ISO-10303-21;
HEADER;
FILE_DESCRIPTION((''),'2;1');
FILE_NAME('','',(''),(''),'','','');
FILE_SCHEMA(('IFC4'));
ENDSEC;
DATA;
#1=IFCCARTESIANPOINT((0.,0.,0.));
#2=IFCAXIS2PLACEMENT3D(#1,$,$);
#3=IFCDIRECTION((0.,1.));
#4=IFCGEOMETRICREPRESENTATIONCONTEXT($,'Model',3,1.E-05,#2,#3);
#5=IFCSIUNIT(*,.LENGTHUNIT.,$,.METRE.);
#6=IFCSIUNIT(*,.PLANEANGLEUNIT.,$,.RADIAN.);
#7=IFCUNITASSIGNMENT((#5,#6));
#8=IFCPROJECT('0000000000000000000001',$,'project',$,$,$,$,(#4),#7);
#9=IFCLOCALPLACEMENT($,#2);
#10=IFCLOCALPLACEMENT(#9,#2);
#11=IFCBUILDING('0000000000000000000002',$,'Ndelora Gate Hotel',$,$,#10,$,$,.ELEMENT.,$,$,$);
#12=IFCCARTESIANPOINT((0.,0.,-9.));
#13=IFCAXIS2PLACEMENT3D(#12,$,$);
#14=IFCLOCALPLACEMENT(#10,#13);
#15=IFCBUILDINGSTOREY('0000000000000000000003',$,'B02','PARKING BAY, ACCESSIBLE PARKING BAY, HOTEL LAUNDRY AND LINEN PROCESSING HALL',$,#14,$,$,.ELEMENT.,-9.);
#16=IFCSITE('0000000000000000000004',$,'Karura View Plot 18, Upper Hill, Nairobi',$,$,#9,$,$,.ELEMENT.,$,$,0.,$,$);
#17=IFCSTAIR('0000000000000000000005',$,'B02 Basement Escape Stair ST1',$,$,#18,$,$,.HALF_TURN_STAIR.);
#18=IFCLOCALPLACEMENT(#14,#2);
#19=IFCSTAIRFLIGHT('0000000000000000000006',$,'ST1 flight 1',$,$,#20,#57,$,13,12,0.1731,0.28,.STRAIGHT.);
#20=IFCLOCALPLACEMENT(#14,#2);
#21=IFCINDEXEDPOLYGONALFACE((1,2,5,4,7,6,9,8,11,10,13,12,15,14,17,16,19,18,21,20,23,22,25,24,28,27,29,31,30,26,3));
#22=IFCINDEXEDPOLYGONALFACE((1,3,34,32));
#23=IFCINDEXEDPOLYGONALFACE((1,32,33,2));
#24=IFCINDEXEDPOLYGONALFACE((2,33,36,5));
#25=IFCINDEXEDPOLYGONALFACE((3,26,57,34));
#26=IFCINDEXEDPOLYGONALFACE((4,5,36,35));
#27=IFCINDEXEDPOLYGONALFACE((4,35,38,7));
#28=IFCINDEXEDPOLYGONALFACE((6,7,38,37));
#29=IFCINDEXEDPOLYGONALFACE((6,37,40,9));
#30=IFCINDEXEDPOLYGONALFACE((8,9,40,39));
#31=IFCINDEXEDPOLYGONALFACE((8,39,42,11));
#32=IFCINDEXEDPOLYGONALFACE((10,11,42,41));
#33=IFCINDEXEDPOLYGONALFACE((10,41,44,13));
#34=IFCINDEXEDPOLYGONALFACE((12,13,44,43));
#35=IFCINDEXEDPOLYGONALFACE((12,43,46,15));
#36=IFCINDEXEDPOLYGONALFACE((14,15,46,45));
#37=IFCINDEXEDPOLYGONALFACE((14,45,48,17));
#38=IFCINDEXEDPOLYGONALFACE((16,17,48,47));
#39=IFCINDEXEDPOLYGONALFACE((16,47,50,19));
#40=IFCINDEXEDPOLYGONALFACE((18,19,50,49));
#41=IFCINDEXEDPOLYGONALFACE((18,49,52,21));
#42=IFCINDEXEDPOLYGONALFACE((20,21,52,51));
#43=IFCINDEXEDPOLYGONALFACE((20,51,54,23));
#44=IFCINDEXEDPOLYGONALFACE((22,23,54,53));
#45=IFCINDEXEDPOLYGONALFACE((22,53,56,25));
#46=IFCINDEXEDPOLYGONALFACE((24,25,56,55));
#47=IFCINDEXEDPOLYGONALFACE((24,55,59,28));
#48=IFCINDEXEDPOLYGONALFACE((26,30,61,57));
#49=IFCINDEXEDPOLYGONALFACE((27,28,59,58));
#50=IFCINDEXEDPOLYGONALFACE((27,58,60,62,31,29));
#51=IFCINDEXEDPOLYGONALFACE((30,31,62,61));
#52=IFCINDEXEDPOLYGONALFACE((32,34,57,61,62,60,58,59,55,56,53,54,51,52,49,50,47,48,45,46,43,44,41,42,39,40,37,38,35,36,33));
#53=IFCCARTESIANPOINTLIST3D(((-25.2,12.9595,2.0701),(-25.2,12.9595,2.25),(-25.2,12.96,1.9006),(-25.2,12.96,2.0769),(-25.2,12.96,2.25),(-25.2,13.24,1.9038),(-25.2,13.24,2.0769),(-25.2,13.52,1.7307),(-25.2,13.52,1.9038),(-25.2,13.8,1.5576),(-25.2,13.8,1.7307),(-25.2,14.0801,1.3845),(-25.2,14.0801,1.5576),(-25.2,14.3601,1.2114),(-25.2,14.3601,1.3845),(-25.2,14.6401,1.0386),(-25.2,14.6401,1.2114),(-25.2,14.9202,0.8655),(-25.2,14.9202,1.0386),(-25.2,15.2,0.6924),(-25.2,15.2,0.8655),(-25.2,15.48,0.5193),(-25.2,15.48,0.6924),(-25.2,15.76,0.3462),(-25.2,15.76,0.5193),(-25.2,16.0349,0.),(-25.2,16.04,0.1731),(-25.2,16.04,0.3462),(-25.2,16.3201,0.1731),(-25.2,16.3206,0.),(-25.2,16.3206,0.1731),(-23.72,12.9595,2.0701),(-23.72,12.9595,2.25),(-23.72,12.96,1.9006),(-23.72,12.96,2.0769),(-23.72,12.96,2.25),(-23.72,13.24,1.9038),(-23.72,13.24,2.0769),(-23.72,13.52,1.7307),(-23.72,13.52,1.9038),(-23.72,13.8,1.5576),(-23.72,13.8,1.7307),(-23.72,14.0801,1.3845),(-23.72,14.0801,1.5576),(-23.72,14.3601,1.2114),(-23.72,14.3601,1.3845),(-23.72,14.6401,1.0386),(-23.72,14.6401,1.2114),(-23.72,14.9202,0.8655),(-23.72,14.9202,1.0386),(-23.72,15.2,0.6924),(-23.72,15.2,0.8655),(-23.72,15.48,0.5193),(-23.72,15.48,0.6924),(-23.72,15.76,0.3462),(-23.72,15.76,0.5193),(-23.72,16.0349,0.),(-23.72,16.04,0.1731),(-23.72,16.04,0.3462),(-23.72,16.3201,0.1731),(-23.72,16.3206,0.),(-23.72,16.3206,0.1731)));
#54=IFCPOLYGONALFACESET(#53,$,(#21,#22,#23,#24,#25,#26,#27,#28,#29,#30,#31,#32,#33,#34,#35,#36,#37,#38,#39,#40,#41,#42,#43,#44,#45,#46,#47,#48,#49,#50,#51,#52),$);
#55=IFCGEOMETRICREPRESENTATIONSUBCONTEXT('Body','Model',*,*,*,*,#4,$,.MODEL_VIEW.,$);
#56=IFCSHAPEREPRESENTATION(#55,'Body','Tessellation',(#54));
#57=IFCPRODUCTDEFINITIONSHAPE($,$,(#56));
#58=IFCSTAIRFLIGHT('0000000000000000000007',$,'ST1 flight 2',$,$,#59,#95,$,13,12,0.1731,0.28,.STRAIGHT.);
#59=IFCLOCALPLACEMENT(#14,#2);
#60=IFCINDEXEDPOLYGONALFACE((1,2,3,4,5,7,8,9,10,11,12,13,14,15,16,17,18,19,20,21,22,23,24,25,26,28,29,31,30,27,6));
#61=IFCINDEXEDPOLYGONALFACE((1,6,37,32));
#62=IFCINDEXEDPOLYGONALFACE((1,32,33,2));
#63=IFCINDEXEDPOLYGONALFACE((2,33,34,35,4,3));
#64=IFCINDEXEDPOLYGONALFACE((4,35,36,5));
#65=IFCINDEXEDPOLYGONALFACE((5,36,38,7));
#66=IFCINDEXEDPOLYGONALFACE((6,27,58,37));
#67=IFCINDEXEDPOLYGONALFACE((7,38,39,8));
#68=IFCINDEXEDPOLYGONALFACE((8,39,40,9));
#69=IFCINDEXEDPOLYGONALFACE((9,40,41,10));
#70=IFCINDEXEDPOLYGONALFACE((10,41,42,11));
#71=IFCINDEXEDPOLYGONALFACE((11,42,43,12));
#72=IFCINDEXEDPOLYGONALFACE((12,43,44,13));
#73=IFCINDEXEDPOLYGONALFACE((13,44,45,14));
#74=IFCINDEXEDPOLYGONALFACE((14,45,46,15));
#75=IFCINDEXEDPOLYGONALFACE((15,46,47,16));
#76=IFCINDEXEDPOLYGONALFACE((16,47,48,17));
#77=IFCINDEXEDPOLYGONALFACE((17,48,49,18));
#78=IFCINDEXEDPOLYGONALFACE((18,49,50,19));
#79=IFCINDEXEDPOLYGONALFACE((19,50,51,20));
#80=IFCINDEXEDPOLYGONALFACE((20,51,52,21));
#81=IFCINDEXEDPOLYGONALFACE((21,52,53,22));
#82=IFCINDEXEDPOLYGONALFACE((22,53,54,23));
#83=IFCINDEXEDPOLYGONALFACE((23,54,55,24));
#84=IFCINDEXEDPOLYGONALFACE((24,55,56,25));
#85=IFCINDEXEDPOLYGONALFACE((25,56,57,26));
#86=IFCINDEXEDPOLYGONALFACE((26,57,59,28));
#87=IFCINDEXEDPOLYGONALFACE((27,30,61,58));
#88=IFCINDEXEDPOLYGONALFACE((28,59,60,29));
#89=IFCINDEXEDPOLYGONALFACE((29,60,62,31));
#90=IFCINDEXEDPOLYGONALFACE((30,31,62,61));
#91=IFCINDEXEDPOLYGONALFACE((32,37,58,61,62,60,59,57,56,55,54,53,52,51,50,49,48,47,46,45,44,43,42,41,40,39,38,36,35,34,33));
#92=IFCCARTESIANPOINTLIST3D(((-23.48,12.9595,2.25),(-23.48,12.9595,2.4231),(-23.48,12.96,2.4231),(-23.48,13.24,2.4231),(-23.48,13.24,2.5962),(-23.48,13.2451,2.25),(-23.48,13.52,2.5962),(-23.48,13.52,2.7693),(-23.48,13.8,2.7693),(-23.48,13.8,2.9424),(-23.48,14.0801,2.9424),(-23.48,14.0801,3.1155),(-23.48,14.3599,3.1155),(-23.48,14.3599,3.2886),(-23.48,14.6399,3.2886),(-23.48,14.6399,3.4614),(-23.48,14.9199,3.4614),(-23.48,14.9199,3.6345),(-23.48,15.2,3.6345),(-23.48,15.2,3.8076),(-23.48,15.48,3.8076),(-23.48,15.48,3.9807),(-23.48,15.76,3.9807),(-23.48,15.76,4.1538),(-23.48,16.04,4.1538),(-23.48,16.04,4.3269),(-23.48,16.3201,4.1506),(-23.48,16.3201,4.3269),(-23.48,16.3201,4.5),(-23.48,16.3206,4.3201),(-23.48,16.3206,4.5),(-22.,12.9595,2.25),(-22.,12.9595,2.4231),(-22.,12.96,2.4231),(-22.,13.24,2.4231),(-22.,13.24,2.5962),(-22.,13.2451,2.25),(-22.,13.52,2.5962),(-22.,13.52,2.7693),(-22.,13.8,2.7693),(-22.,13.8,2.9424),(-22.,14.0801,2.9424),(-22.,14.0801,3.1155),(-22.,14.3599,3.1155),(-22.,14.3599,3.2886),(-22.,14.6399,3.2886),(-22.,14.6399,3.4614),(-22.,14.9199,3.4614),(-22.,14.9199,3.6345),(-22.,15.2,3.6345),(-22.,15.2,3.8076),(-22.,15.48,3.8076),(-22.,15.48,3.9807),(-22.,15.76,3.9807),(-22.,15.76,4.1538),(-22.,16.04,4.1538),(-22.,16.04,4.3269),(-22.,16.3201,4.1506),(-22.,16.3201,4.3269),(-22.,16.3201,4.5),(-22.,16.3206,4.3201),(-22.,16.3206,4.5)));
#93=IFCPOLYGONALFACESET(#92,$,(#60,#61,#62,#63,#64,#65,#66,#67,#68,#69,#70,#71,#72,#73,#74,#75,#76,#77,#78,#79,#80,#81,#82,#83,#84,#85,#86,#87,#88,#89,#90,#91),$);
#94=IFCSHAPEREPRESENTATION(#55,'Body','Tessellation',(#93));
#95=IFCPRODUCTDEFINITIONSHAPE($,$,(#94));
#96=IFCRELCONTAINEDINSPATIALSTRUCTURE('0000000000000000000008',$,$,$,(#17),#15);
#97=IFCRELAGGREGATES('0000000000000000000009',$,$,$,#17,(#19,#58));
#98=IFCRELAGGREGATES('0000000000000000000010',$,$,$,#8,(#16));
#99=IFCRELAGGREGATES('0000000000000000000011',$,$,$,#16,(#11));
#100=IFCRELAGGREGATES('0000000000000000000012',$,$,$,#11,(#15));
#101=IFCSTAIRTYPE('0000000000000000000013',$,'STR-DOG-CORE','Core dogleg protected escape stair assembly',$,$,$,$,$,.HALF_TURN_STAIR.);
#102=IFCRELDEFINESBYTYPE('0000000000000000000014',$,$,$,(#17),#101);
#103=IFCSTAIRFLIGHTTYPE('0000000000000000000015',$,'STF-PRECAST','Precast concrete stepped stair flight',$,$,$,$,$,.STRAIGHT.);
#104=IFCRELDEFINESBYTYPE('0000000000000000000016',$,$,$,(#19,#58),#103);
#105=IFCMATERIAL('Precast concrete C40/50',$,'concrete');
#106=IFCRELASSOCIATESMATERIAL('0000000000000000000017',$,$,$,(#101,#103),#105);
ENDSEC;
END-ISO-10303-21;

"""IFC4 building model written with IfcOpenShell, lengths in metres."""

from ifc_helpers import new_model, si_unit, direction, frame, origin, place, context, subcontext, project, spatial, polyline, outline, extrude, material, type_object, element, aggregate, save


model = new_model("IFC4")

# Units and contexts
model_context = context("Model", 3, precision=1e-05, world=origin(), true_north=direction((0.0, 1.0)))
body_context = subcontext(model_context, "Body", "Model", "MODEL_VIEW")
ifc_project = project(units=[si_unit("LENGTHUNIT", "METRE"), si_unit("PLANEANGLEUNIT", "RADIAN")], contexts=[model_context])

# Site, building, storey
site_placement = place(None, origin())
site = spatial("IfcSite", under=ifc_project, at=site_placement, Name="Karura View Plot 18, Upper Hill, Nairobi", CompositionType="ELEMENT", RefElevation=0.0)
building_placement = place(site_placement, origin())
building = spatial("IfcBuilding", under=site, at=building_placement, Name="Ndelora Gate Hotel", CompositionType="ELEMENT")
storey_placement = place(building_placement, frame((0.0, 0.0, -9.0)))
storey = spatial("IfcBuildingStorey", under=building, at=storey_placement, Name="B02", Description="PARKING BAY, ACCESSIBLE PARKING BAY, HOTEL LAUNDRY AND LINEN PROCESSING HALL", CompositionType="ELEMENT", Elevation=-9.0)

# Stair, stair flights
ifc_material_1 = material(Name="Precast concrete C40/50", Category="concrete")
stair_type = type_object("IfcStairType", Name="STR-DOG-CORE", Description="Core dogleg protected escape stair assembly", PredefinedType="HALF_TURN_STAIR", material=ifc_material_1)
stair_placement = place(storey_placement, origin())
stair = element("IfcStair", 1, at=stair_placement, inside=storey, type_object=stair_type, Name="B02 Basement Escape Stair ST1", PredefinedType="HALF_TURN_STAIR")
stair_flight_type = type_object("IfcStairFlightType", Name="STF-PRECAST", Description="Precast concrete stepped stair flight", PredefinedType="STRAIGHT", material=ifc_material_1)
stair_flight_1_placement = place(storey_placement, frame((-24.46, 16.3201, 0.0), z_axis=(0.0, 0.0, 1.0), x_axis=(0.0, -1.0, 0.0)))
stair_flight_1 = element("IfcStairFlight", 2, at=stair_flight_1_placement, type_object=stair_flight_type, Name="ST1 flight 1", NumberOfRisers=13, NumberOfTreads=12, PredefinedType="STRAIGHT", RiserHeight=0.1731, TreadLength=0.28, context=body_context, shape_type="SweptSolid", body=[
    extrude(outline(polyline([(-0.0005, 0.0), (-0.0005, 0.1731), (0.0, 0.1731), (0.28, 0.1731), (0.28, 0.3462), (0.5601, 0.3462), (0.5601, 0.5193), (0.8401, 0.5193), (0.8401, 0.6924), (1.1201, 0.6924), (1.1201, 0.8655), (1.3999, 0.8655), (1.3999, 1.0386), (1.6799, 1.0386), (1.6799, 1.2114), (1.96, 1.2114), (1.96, 1.3845), (2.24, 1.3845), (2.24, 1.5576), (2.52, 1.5576), (2.52, 1.7307), (2.8, 1.7307), (2.8, 1.9038), (3.0801, 1.9038), (3.0801, 2.0769), (3.3601, 2.0769), (3.3601, 2.25), (3.3606, 2.25), (3.3606, 2.0701), (3.3601, 1.9006), (0.2852, 0.0), (-0.0005, 0.0)])), frame((0.0, 0.74, 0.0), z_axis=(0.0, -1.0, 0.0), x_axis=(1.0, 0.0, 0.0)), (0.0, 0.0, 1.0), 1.48),
])
stair_flight_2_placement = place(storey_placement, frame((-22.74, 12.96, 2.25), z_axis=(0.0, 0.0, 1.0), x_axis=(0.0, 1.0, 0.0)))
stair_flight_2 = element("IfcStairFlight", 3, at=stair_flight_2_placement, type_object=stair_flight_type, Name="ST1 flight 2", NumberOfRisers=13, NumberOfTreads=12, PredefinedType="STRAIGHT", RiserHeight=0.1731, TreadLength=0.28, context=body_context, shape_type="SweptSolid", body=[
    extrude(outline(polyline([(-0.0005, 0.0), (-0.0005, 0.1731), (0.0, 0.1731), (0.28, 0.1731), (0.28, 0.3462), (0.5601, 0.3462), (0.5601, 0.5193), (0.8401, 0.5193), (0.8401, 0.6924), (1.1201, 0.6924), (1.1201, 0.8655), (1.3999, 0.8655), (1.3999, 1.0386), (1.6799, 1.0386), (1.6799, 1.2114), (1.96, 1.2114), (1.96, 1.3845), (2.24, 1.3845), (2.24, 1.5576), (2.52, 1.5576), (2.52, 1.7307), (2.8, 1.7307), (2.8, 1.9038), (3.0801, 1.9038), (3.0801, 2.0769), (3.3601, 2.0769), (3.3601, 2.25), (3.3606, 2.25), (3.3606, 2.0701), (3.3601, 1.9006), (0.2852, 0.0), (-0.0005, 0.0)])), frame((0.0, 0.74, 0.0), z_axis=(0.0, -1.0, 0.0), x_axis=(1.0, 0.0, 0.0)), (0.0, 0.0, 1.0), 1.48),
])
aggregate(stair, [stair_flight_1, stair_flight_2])

save(model, "model.ifc")
